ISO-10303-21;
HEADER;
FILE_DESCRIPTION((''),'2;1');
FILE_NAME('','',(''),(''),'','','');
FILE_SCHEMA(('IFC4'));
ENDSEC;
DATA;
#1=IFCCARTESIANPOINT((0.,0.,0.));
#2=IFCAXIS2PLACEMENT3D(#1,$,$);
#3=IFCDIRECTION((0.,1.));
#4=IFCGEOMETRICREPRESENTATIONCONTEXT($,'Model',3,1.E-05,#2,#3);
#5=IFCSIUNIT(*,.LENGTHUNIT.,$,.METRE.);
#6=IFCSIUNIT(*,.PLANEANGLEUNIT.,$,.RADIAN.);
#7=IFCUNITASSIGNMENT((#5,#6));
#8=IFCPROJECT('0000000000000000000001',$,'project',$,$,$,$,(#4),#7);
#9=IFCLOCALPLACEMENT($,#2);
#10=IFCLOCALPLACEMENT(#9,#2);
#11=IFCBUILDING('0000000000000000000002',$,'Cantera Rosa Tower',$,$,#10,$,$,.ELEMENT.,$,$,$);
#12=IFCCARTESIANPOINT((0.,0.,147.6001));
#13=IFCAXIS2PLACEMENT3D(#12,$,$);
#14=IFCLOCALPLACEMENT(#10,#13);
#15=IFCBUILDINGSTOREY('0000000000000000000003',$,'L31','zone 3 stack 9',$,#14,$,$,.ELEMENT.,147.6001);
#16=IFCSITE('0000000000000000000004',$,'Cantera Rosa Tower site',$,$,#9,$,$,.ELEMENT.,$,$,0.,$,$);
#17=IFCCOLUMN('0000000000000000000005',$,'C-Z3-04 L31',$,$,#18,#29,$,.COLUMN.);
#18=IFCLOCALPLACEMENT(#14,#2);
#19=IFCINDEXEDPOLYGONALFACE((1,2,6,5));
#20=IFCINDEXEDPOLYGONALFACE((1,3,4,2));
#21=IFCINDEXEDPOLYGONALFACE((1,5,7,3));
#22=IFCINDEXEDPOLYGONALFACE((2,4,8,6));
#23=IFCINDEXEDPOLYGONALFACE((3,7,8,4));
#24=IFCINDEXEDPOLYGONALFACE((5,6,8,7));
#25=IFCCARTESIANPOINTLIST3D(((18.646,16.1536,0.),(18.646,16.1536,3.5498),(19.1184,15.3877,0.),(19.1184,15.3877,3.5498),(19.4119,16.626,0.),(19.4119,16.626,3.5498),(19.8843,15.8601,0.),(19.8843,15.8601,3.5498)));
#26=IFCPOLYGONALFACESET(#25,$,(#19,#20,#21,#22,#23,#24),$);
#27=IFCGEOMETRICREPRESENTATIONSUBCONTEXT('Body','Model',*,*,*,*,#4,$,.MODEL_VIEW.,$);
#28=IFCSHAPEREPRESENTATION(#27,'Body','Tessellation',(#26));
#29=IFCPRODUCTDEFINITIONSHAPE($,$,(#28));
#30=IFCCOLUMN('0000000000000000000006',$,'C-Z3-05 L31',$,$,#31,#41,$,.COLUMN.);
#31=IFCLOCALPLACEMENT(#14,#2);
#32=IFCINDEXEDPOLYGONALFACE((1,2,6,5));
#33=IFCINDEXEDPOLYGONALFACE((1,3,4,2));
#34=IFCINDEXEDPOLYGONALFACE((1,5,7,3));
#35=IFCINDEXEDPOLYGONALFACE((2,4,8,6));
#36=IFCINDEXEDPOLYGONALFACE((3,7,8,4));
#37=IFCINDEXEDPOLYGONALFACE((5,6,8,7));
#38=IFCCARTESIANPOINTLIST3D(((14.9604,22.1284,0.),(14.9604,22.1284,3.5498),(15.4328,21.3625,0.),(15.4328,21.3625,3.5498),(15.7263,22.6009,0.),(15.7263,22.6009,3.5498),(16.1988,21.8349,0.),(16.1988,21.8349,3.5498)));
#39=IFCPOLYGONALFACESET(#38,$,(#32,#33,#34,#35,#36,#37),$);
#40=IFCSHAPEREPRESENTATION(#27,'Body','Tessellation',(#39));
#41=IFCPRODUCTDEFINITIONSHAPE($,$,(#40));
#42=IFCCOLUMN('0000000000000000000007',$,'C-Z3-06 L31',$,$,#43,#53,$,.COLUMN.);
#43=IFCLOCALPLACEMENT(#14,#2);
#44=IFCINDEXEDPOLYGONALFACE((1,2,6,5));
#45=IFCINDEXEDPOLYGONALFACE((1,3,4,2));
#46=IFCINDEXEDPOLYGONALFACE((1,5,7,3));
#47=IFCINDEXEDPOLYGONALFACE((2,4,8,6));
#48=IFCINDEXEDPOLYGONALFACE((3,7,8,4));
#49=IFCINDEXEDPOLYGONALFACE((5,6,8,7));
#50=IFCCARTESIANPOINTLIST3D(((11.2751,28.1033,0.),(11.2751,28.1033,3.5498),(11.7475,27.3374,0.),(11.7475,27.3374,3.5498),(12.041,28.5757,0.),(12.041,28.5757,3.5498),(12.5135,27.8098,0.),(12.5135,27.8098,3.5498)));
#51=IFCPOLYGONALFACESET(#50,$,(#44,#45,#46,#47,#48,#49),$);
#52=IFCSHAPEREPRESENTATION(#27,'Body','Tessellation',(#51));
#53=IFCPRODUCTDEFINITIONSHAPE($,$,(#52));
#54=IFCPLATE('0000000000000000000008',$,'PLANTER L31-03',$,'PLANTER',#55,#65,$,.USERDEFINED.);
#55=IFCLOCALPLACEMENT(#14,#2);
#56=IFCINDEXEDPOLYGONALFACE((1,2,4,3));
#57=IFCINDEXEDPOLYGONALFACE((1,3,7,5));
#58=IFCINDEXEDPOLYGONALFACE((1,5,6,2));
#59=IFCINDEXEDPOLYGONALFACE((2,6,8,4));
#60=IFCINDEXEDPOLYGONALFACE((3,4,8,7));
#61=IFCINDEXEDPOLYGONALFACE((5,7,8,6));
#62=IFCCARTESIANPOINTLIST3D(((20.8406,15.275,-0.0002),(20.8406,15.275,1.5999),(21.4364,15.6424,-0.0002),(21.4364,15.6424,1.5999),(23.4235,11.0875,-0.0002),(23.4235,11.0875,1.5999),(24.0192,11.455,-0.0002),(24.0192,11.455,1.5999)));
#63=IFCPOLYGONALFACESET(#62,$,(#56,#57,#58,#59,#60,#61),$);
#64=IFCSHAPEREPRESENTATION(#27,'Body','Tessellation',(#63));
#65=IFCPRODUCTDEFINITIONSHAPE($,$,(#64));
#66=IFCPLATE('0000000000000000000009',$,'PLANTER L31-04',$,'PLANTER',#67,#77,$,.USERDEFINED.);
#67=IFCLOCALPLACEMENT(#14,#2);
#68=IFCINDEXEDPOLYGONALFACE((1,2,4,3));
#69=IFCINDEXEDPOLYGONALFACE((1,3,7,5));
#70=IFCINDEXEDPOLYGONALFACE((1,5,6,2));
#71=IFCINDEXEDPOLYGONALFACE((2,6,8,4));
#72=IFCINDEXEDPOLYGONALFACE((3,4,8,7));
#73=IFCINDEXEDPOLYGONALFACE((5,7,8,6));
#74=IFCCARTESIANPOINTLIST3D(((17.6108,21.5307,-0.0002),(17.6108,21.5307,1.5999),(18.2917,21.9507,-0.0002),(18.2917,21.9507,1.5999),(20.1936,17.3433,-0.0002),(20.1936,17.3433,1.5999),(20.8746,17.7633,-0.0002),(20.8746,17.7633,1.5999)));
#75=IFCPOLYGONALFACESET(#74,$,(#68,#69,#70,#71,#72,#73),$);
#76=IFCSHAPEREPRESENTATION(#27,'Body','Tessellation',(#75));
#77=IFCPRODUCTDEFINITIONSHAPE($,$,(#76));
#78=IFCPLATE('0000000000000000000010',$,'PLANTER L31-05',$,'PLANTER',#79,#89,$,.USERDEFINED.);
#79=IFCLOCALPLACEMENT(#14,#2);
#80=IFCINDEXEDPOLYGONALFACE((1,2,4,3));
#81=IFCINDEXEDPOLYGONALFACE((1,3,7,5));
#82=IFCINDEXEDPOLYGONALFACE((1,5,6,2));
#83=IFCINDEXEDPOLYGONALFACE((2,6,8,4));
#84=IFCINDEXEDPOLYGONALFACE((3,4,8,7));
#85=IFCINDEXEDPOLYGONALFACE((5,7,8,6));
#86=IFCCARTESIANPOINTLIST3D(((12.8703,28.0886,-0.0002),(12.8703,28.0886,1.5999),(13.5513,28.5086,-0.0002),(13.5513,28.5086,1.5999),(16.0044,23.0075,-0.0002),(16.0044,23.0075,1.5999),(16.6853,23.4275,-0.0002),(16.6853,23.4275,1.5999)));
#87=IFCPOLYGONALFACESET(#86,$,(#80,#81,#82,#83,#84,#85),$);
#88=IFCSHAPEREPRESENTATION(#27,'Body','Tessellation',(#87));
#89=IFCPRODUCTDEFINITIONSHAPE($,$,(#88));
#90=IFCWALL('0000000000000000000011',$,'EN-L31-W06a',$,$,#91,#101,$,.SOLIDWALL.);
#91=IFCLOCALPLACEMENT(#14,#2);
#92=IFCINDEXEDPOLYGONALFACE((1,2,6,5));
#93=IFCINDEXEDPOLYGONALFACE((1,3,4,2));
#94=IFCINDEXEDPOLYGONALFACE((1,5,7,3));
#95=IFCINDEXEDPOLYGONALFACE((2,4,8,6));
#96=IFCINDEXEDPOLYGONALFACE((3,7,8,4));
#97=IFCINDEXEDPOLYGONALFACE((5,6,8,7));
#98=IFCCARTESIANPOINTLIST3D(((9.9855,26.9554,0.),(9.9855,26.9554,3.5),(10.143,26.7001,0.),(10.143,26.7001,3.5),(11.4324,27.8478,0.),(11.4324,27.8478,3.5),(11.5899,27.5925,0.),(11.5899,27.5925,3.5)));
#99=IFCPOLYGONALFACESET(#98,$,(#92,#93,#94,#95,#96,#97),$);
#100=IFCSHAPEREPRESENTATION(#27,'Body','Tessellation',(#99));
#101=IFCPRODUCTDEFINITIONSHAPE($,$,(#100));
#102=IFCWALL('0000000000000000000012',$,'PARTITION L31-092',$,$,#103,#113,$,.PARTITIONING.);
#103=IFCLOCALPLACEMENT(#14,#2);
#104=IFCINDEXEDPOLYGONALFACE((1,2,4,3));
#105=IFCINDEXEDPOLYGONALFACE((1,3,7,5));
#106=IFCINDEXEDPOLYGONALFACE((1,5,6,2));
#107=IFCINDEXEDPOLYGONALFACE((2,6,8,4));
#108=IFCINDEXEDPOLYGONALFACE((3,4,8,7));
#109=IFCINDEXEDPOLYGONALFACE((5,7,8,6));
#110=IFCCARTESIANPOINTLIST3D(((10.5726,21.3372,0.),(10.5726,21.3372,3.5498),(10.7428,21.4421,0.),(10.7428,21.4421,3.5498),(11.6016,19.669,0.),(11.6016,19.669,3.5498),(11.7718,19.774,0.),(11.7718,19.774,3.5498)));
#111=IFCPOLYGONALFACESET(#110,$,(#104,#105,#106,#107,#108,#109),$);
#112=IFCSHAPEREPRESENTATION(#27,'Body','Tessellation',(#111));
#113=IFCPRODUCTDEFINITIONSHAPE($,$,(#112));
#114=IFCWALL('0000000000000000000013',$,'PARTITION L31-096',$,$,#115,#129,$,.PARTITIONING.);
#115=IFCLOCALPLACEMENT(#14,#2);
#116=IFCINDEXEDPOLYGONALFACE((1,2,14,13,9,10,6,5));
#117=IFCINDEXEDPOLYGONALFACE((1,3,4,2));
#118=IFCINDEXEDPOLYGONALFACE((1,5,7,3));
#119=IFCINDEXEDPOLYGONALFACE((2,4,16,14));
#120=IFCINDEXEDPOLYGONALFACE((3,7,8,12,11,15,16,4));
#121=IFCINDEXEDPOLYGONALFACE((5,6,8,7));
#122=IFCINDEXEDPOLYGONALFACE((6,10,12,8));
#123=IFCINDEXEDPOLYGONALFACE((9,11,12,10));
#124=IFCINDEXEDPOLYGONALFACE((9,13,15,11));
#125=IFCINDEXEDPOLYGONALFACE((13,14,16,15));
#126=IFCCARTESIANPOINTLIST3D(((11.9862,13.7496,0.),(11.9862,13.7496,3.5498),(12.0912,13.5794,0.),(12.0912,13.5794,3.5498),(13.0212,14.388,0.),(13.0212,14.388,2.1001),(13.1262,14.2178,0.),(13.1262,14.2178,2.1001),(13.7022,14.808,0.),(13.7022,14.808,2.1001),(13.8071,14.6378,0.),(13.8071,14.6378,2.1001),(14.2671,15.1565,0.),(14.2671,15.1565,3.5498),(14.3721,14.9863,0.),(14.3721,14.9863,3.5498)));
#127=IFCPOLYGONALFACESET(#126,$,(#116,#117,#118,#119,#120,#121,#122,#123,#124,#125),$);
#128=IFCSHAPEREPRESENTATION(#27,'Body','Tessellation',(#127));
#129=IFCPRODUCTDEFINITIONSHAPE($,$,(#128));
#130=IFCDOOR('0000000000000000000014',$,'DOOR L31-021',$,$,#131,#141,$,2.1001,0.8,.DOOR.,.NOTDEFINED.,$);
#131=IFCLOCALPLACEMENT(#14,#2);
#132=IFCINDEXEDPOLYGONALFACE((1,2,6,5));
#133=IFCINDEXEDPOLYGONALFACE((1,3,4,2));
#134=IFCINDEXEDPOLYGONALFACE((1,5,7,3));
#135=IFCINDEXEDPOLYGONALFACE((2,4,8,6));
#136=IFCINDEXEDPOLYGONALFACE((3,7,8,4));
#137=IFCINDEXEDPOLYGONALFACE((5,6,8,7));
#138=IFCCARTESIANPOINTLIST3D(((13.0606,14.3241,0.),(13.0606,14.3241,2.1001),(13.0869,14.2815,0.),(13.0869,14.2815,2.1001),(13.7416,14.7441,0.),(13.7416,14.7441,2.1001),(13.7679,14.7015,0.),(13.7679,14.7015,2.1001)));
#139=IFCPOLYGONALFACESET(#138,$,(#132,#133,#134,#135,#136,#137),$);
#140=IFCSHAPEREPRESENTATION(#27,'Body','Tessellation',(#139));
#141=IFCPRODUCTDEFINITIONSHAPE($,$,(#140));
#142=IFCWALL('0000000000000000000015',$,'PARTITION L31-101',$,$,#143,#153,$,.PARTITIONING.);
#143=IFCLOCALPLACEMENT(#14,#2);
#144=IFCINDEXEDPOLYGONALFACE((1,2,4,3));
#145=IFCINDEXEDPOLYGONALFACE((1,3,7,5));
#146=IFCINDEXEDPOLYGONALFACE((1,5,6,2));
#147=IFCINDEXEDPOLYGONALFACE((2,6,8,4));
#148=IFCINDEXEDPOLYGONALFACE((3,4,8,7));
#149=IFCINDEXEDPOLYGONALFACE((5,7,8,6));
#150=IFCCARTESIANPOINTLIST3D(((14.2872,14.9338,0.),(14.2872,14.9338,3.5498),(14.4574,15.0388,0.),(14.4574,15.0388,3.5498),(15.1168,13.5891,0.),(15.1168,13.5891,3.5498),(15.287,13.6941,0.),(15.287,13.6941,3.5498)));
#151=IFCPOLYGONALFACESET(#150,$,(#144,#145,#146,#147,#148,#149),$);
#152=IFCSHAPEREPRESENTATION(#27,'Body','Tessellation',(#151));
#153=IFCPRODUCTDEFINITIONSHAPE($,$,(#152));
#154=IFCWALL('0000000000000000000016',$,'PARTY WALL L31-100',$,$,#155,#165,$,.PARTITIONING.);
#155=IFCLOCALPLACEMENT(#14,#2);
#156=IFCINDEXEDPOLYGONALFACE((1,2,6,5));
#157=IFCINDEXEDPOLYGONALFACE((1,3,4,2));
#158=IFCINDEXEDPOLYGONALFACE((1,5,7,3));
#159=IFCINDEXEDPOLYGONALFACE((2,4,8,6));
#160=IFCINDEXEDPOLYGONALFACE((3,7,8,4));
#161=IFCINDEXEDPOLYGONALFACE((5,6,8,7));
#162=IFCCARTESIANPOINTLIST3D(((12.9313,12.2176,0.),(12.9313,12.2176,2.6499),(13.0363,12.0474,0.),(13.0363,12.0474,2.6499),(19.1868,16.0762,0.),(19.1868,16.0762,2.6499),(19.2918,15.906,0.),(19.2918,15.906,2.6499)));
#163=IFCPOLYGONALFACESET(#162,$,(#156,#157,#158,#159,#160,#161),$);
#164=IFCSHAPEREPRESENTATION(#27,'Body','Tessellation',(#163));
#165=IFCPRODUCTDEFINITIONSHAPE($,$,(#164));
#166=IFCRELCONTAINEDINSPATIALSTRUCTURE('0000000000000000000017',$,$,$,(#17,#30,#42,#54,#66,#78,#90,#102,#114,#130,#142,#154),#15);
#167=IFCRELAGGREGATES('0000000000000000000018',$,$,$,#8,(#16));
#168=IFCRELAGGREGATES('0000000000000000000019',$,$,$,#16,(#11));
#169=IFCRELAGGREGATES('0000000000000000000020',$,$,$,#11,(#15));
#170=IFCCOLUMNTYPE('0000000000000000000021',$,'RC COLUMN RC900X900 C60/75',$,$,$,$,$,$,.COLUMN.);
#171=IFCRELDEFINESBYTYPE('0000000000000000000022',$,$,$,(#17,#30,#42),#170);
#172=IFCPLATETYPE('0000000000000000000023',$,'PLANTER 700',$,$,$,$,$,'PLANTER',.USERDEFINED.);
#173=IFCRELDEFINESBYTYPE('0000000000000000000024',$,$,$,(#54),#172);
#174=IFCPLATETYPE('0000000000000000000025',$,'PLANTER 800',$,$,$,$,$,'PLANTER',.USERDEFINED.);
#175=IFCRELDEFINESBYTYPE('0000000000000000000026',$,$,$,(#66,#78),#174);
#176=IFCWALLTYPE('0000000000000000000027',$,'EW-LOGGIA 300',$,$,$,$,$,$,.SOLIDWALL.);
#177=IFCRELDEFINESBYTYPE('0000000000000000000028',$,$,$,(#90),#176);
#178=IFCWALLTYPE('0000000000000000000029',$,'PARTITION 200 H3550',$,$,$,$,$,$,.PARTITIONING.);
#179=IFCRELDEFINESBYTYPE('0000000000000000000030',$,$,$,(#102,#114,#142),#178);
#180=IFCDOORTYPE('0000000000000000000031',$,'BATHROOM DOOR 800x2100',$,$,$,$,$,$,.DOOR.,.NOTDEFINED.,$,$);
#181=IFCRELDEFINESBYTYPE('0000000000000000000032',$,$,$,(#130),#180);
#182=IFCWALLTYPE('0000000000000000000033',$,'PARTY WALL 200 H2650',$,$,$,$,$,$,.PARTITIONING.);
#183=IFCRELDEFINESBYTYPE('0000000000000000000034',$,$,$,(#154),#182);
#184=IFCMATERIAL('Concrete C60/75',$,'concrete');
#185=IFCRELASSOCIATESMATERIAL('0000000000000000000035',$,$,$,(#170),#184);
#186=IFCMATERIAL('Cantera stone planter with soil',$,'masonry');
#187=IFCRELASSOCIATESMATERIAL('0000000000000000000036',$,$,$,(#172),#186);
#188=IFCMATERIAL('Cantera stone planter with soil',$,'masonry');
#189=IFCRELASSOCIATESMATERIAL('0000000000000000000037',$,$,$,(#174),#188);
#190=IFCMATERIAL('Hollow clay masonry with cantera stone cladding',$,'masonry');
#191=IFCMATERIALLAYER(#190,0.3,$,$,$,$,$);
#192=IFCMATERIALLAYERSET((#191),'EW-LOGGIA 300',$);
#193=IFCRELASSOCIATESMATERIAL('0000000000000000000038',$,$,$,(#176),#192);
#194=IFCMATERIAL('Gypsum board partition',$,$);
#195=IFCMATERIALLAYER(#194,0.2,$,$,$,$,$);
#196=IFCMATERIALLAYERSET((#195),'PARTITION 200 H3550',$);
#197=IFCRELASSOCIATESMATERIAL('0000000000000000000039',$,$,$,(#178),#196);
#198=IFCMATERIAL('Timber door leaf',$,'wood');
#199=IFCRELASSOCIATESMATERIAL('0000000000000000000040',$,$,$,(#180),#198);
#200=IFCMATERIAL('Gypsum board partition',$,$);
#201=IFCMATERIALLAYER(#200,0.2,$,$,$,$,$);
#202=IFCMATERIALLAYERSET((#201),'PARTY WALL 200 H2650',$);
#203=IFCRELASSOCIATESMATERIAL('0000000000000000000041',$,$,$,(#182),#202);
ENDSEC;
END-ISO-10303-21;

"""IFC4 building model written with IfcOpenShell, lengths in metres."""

from ifc_helpers import new_model, si_unit, direction, frame, frame_2d, origin, origin_2d, place, context, subcontext, project, spatial, rectangle, extrude, material, layer, layer_set, material_profile, profile_set, type_object, element, fill, save


model = new_model("IFC4")

# Units and contexts
model_context = context("Model", 3, precision=1e-05, world=origin(), true_north=direction((0.0, 1.0)))
body_context = subcontext(model_context, "Body", "Model", "MODEL_VIEW")
ifc_project = project(units=[si_unit("LENGTHUNIT", "METRE"), si_unit("PLANEANGLEUNIT", "RADIAN")], contexts=[model_context])

# Site, building, storey
site_placement = place(None, origin())
site = spatial("IfcSite", under=ifc_project, at=site_placement, Name="Cantera Rosa Tower site", CompositionType="ELEMENT", RefElevation=0.0)
building_placement = place(site_placement, origin())
building = spatial("IfcBuilding", under=site, at=building_placement, Name="Cantera Rosa Tower", CompositionType="ELEMENT")
storey_placement = place(building_placement, frame((0.0, 0.0, 147.6001)))
storey = spatial("IfcBuildingStorey", under=building, at=storey_placement, Name="L31", Description="zone 3 stack 9", CompositionType="ELEMENT", Elevation=147.6001)

# Columns
ifc_material_1 = material(Name="Concrete C60/75", Category="concrete")
ifc_material_profile = material_profile(ifc_material_1, rectangle(XDim=0.8999, YDim=0.8999, at=origin_2d()), Name="RC COLUMN RC900X900 C60/75")
ifc_profile_set = profile_set([ifc_material_profile], Name="Concrete C60/75")
column_type = type_object("IfcColumnType", Name="RC COLUMN RC900X900 C60/75", PredefinedType="COLUMN", material=ifc_profile_set)
for number, where, z_axis, x_axis, name in (
    (1, (19.2651, 16.0068, 0.0), (0.0, 0.0, 1.0), (0.851117, 0.524977, 0.0), "C-Z3-04 L31"),
    (2, (15.5796, 21.9817, 0.0), (0.0, 0.0, 1.0), (0.851117, 0.524977, 0.0), "C-Z3-05 L31"),
    (3, (11.8943, 27.9565, 0.0), (0.0, 0.0, 1.0), (0.851117, 0.524977, 0.0), "C-Z3-06 L31"),
):
    element("IfcColumn", number, at=place(storey_placement, frame(where, z_axis=z_axis, x_axis=x_axis)), inside=storey, type_object=column_type, Name=name, PredefinedType="COLUMN", context=body_context, shape_type="SweptSolid", body=[
        extrude(rectangle(XDim=0.8999, YDim=0.8999, at=origin_2d()), origin(), (0.0, 0.0, 1.0), 3.5498),
    ])

# Plates
ifc_material_2 = material(Name="Cantera stone planter with soil", Category="masonry")
plate_type_1 = type_object("IfcPlateType", Name="PLANTER 700", ElementType="PLANTER", PredefinedType="USERDEFINED", material=ifc_material_2)
plate_1_placement = place(storey_placement, frame((22.4299, 13.365, -0.0002), z_axis=(0.0, 0.0, 1.0), x_axis=(-0.524977, 0.851117, 0.0)))
element("IfcPlate", 4, at=plate_1_placement, inside=storey, type_object=plate_type_1, Name="PLANTER L31-03", ObjectType="PLANTER", PredefinedType="USERDEFINED", context=body_context, shape_type="SweptSolid", body=[
    extrude(rectangle(XDim=4.9199, YDim=0.7, at=origin_2d()), origin(), (0.0, 0.0, 1.0), 1.6001),
])
ifc_material_3 = material(Name="Cantera stone planter with soil", Category="masonry")
plate_type_2 = type_object("IfcPlateType", Name="PLANTER 800", ElementType="PLANTER", PredefinedType="USERDEFINED", material=ifc_material_3)
plate_2_placement = place(storey_placement, frame((19.2427, 19.647, -0.0002), z_axis=(0.0, 0.0, 1.0), x_axis=(-0.524977, 0.851117, 0.0)))
element("IfcPlate", 5, at=plate_2_placement, inside=storey, type_object=plate_type_2, Name="PLANTER L31-04", ObjectType="PLANTER", PredefinedType="USERDEFINED", context=body_context, shape_type="SweptSolid", body=[
    extrude(rectangle(XDim=4.9199, YDim=0.8, at=origin_2d()), origin(), (0.0, 0.0, 1.0), 1.6001),
])
plate_3_placement = place(storey_placement, frame((14.7778, 25.7581, -0.0002), z_axis=(0.0, 0.0, 1.0), x_axis=(-0.524977, 0.851117, 0.0)))
element("IfcPlate", 6, at=plate_3_placement, inside=storey, type_object=plate_type_2, Name="PLANTER L31-05", ObjectType="PLANTER", PredefinedType="USERDEFINED", context=body_context, shape_type="SweptSolid", body=[
    extrude(rectangle(XDim=5.97, YDim=0.8, at=origin_2d()), origin(), (0.0, 0.0, 1.0), 1.6001),
])

# Wall
ifc_material_4 = material(Name="Hollow clay masonry with cantera stone cladding", Category="masonry")
ifc_layer_1 = layer(ifc_material_4, 0.3)
ifc_layer_set_1 = layer_set([ifc_layer_1], Name="EW-LOGGIA 300")
wall_type_1 = type_object("IfcWallType", Name="EW-LOGGIA 300", PredefinedType="SOLIDWALL", material=ifc_layer_set_1)
wall_1_placement = place(storey_placement, frame((11.5112, 27.7202, 0.0), z_axis=(0.0, 0.0, 1.0), x_axis=(-0.85113, -0.524955, 0.0)))
element("IfcWall", 7, at=wall_1_placement, inside=storey, type_object=wall_type_1, Name="EN-L31-W06a", PredefinedType="SOLIDWALL", context=body_context, shape_type="SweptSolid", body=[
    extrude(rectangle(XDim=1.7, YDim=0.3, at=frame_2d((0.8501, 0.0))), origin(), (0.0, 0.0, 1.0), 3.5),
])

# Wall
ifc_material_5 = material(Name="Gypsum board partition")
ifc_layer_2 = layer(ifc_material_5, 0.2)
ifc_layer_set_2 = layer_set([ifc_layer_2], Name="PARTITION 200 H3550")
wall_type_2 = type_object("IfcWallType", Name="PARTITION 200 H3550", PredefinedType="PARTITIONING", material=ifc_layer_set_2)
wall_2_placement = place(storey_placement, frame((10.6577, 21.3896, 0.0), z_axis=(0.0, 0.0, 1.0), x_axis=(0.525008, -0.851098, 0.0)))
element("IfcWall", 8, at=wall_2_placement, inside=storey, type_object=wall_type_2, Name="PARTITION L31-092", PredefinedType="PARTITIONING", context=body_context, shape_type="SweptSolid", body=[
    extrude(rectangle(XDim=1.96, YDim=0.2, at=frame_2d((0.98, 0.0))), origin(), (0.0, 0.0, 1.0), 3.5498),
])

# Wall, opening, door
wall_3_placement = place(storey_placement, frame((12.0388, 13.6646, 0.0), z_axis=(0.0, 0.0, 1.0), x_axis=(0.85111, 0.524987, 0.0)))
wall_3 = element("IfcWall", 9, at=wall_3_placement, inside=storey, type_object=wall_type_2, Name="PARTITION L31-096", PredefinedType="PARTITIONING", context=body_context, shape_type="SweptSolid", body=[
    extrude(rectangle(XDim=2.6799, YDim=0.2, at=frame_2d((1.3398, 0.0))), origin(), (0.0, 0.0, 1.0), 3.5498),
])
opening_1_placement = place(wall_3_placement, frame((1.2161, 0.0, 0.0)))
opening_1 = element("IfcOpeningElement", 10, at=opening_1_placement, cuts=wall_3, PredefinedType="OPENING", context=body_context, shape_type="SweptSolid", body=[
    extrude(rectangle(XDim=0.8, YDim=2.1001, at=frame_2d((0.3999, 1.05))), frame((0.0, 0.1099, 0.0), z_axis=(0.0, -1.0, 0.0), x_axis=(1.0, 0.0, 0.0)), (0.0, 0.0, 1.0), 0.22),
])
ifc_material_6 = material(Name="Timber door leaf", Category="wood")
door_type_1 = type_object("IfcDoorType", Name="BATHROOM DOOR 800x2100", OperationType="NOTDEFINED", PredefinedType="DOOR", material=ifc_material_6)
door_1_placement = place(opening_1_placement, origin())
door_1 = element("IfcDoor", 11, at=door_1_placement, inside=storey, type_object=door_type_1, Name="DOOR L31-021", OperationType="NOTDEFINED", OverallHeight=2.1001, OverallWidth=0.8, PredefinedType="DOOR", context=body_context, shape_type="SweptSolid", body=[
    extrude(rectangle(XDim=0.8, YDim=2.1001, at=frame_2d((0.3999, 1.05))), frame((0.0, 0.0249, 0.0), z_axis=(0.0, -1.0, 0.0), x_axis=(1.0, 0.0, 0.0)), (0.0, 0.0, 1.0), 0.05),
])
fill(opening_1, door_1)

# Walls
wall_4_placement = place(storey_placement, frame((14.3723, 14.9863, 0.0), z_axis=(0.0, 0.0, 1.0), x_axis=(0.525045, -0.851074, 0.0)))
element("IfcWall", 12, at=wall_4_placement, inside=storey, type_object=wall_type_2, Name="PARTITION L31-101", PredefinedType="PARTITIONING", context=body_context, shape_type="SweptSolid", body=[
    extrude(rectangle(XDim=1.5801, YDim=0.2, at=frame_2d((0.79, 0.0))), origin(), (0.0, 0.0, 1.0), 3.5498),
])
ifc_material_7 = material(Name="Gypsum board partition")
ifc_layer_3 = layer(ifc_material_7, 0.2)
ifc_layer_set_3 = layer_set([ifc_layer_3], Name="PARTY WALL 200 H2650")
wall_type_3 = type_object("IfcWallType", Name="PARTY WALL 200 H2650", PredefinedType="PARTITIONING", material=ifc_layer_set_3)
wall_5_placement = place(storey_placement, frame((12.9839, 12.1326, 0.0), z_axis=(0.0, 0.0, 1.0), x_axis=(0.851109, 0.524989, 0.0)))
element("IfcWall", 13, at=wall_5_placement, inside=storey, type_object=wall_type_3, Name="PARTY WALL L31-100", PredefinedType="PARTITIONING", context=body_context, shape_type="SweptSolid", body=[
    extrude(rectangle(XDim=7.3499, YDim=0.2, at=frame_2d((3.6748, 0.0))), origin(), (0.0, 0.0, 1.0), 2.6499),
])

save(model, "model.ifc")
